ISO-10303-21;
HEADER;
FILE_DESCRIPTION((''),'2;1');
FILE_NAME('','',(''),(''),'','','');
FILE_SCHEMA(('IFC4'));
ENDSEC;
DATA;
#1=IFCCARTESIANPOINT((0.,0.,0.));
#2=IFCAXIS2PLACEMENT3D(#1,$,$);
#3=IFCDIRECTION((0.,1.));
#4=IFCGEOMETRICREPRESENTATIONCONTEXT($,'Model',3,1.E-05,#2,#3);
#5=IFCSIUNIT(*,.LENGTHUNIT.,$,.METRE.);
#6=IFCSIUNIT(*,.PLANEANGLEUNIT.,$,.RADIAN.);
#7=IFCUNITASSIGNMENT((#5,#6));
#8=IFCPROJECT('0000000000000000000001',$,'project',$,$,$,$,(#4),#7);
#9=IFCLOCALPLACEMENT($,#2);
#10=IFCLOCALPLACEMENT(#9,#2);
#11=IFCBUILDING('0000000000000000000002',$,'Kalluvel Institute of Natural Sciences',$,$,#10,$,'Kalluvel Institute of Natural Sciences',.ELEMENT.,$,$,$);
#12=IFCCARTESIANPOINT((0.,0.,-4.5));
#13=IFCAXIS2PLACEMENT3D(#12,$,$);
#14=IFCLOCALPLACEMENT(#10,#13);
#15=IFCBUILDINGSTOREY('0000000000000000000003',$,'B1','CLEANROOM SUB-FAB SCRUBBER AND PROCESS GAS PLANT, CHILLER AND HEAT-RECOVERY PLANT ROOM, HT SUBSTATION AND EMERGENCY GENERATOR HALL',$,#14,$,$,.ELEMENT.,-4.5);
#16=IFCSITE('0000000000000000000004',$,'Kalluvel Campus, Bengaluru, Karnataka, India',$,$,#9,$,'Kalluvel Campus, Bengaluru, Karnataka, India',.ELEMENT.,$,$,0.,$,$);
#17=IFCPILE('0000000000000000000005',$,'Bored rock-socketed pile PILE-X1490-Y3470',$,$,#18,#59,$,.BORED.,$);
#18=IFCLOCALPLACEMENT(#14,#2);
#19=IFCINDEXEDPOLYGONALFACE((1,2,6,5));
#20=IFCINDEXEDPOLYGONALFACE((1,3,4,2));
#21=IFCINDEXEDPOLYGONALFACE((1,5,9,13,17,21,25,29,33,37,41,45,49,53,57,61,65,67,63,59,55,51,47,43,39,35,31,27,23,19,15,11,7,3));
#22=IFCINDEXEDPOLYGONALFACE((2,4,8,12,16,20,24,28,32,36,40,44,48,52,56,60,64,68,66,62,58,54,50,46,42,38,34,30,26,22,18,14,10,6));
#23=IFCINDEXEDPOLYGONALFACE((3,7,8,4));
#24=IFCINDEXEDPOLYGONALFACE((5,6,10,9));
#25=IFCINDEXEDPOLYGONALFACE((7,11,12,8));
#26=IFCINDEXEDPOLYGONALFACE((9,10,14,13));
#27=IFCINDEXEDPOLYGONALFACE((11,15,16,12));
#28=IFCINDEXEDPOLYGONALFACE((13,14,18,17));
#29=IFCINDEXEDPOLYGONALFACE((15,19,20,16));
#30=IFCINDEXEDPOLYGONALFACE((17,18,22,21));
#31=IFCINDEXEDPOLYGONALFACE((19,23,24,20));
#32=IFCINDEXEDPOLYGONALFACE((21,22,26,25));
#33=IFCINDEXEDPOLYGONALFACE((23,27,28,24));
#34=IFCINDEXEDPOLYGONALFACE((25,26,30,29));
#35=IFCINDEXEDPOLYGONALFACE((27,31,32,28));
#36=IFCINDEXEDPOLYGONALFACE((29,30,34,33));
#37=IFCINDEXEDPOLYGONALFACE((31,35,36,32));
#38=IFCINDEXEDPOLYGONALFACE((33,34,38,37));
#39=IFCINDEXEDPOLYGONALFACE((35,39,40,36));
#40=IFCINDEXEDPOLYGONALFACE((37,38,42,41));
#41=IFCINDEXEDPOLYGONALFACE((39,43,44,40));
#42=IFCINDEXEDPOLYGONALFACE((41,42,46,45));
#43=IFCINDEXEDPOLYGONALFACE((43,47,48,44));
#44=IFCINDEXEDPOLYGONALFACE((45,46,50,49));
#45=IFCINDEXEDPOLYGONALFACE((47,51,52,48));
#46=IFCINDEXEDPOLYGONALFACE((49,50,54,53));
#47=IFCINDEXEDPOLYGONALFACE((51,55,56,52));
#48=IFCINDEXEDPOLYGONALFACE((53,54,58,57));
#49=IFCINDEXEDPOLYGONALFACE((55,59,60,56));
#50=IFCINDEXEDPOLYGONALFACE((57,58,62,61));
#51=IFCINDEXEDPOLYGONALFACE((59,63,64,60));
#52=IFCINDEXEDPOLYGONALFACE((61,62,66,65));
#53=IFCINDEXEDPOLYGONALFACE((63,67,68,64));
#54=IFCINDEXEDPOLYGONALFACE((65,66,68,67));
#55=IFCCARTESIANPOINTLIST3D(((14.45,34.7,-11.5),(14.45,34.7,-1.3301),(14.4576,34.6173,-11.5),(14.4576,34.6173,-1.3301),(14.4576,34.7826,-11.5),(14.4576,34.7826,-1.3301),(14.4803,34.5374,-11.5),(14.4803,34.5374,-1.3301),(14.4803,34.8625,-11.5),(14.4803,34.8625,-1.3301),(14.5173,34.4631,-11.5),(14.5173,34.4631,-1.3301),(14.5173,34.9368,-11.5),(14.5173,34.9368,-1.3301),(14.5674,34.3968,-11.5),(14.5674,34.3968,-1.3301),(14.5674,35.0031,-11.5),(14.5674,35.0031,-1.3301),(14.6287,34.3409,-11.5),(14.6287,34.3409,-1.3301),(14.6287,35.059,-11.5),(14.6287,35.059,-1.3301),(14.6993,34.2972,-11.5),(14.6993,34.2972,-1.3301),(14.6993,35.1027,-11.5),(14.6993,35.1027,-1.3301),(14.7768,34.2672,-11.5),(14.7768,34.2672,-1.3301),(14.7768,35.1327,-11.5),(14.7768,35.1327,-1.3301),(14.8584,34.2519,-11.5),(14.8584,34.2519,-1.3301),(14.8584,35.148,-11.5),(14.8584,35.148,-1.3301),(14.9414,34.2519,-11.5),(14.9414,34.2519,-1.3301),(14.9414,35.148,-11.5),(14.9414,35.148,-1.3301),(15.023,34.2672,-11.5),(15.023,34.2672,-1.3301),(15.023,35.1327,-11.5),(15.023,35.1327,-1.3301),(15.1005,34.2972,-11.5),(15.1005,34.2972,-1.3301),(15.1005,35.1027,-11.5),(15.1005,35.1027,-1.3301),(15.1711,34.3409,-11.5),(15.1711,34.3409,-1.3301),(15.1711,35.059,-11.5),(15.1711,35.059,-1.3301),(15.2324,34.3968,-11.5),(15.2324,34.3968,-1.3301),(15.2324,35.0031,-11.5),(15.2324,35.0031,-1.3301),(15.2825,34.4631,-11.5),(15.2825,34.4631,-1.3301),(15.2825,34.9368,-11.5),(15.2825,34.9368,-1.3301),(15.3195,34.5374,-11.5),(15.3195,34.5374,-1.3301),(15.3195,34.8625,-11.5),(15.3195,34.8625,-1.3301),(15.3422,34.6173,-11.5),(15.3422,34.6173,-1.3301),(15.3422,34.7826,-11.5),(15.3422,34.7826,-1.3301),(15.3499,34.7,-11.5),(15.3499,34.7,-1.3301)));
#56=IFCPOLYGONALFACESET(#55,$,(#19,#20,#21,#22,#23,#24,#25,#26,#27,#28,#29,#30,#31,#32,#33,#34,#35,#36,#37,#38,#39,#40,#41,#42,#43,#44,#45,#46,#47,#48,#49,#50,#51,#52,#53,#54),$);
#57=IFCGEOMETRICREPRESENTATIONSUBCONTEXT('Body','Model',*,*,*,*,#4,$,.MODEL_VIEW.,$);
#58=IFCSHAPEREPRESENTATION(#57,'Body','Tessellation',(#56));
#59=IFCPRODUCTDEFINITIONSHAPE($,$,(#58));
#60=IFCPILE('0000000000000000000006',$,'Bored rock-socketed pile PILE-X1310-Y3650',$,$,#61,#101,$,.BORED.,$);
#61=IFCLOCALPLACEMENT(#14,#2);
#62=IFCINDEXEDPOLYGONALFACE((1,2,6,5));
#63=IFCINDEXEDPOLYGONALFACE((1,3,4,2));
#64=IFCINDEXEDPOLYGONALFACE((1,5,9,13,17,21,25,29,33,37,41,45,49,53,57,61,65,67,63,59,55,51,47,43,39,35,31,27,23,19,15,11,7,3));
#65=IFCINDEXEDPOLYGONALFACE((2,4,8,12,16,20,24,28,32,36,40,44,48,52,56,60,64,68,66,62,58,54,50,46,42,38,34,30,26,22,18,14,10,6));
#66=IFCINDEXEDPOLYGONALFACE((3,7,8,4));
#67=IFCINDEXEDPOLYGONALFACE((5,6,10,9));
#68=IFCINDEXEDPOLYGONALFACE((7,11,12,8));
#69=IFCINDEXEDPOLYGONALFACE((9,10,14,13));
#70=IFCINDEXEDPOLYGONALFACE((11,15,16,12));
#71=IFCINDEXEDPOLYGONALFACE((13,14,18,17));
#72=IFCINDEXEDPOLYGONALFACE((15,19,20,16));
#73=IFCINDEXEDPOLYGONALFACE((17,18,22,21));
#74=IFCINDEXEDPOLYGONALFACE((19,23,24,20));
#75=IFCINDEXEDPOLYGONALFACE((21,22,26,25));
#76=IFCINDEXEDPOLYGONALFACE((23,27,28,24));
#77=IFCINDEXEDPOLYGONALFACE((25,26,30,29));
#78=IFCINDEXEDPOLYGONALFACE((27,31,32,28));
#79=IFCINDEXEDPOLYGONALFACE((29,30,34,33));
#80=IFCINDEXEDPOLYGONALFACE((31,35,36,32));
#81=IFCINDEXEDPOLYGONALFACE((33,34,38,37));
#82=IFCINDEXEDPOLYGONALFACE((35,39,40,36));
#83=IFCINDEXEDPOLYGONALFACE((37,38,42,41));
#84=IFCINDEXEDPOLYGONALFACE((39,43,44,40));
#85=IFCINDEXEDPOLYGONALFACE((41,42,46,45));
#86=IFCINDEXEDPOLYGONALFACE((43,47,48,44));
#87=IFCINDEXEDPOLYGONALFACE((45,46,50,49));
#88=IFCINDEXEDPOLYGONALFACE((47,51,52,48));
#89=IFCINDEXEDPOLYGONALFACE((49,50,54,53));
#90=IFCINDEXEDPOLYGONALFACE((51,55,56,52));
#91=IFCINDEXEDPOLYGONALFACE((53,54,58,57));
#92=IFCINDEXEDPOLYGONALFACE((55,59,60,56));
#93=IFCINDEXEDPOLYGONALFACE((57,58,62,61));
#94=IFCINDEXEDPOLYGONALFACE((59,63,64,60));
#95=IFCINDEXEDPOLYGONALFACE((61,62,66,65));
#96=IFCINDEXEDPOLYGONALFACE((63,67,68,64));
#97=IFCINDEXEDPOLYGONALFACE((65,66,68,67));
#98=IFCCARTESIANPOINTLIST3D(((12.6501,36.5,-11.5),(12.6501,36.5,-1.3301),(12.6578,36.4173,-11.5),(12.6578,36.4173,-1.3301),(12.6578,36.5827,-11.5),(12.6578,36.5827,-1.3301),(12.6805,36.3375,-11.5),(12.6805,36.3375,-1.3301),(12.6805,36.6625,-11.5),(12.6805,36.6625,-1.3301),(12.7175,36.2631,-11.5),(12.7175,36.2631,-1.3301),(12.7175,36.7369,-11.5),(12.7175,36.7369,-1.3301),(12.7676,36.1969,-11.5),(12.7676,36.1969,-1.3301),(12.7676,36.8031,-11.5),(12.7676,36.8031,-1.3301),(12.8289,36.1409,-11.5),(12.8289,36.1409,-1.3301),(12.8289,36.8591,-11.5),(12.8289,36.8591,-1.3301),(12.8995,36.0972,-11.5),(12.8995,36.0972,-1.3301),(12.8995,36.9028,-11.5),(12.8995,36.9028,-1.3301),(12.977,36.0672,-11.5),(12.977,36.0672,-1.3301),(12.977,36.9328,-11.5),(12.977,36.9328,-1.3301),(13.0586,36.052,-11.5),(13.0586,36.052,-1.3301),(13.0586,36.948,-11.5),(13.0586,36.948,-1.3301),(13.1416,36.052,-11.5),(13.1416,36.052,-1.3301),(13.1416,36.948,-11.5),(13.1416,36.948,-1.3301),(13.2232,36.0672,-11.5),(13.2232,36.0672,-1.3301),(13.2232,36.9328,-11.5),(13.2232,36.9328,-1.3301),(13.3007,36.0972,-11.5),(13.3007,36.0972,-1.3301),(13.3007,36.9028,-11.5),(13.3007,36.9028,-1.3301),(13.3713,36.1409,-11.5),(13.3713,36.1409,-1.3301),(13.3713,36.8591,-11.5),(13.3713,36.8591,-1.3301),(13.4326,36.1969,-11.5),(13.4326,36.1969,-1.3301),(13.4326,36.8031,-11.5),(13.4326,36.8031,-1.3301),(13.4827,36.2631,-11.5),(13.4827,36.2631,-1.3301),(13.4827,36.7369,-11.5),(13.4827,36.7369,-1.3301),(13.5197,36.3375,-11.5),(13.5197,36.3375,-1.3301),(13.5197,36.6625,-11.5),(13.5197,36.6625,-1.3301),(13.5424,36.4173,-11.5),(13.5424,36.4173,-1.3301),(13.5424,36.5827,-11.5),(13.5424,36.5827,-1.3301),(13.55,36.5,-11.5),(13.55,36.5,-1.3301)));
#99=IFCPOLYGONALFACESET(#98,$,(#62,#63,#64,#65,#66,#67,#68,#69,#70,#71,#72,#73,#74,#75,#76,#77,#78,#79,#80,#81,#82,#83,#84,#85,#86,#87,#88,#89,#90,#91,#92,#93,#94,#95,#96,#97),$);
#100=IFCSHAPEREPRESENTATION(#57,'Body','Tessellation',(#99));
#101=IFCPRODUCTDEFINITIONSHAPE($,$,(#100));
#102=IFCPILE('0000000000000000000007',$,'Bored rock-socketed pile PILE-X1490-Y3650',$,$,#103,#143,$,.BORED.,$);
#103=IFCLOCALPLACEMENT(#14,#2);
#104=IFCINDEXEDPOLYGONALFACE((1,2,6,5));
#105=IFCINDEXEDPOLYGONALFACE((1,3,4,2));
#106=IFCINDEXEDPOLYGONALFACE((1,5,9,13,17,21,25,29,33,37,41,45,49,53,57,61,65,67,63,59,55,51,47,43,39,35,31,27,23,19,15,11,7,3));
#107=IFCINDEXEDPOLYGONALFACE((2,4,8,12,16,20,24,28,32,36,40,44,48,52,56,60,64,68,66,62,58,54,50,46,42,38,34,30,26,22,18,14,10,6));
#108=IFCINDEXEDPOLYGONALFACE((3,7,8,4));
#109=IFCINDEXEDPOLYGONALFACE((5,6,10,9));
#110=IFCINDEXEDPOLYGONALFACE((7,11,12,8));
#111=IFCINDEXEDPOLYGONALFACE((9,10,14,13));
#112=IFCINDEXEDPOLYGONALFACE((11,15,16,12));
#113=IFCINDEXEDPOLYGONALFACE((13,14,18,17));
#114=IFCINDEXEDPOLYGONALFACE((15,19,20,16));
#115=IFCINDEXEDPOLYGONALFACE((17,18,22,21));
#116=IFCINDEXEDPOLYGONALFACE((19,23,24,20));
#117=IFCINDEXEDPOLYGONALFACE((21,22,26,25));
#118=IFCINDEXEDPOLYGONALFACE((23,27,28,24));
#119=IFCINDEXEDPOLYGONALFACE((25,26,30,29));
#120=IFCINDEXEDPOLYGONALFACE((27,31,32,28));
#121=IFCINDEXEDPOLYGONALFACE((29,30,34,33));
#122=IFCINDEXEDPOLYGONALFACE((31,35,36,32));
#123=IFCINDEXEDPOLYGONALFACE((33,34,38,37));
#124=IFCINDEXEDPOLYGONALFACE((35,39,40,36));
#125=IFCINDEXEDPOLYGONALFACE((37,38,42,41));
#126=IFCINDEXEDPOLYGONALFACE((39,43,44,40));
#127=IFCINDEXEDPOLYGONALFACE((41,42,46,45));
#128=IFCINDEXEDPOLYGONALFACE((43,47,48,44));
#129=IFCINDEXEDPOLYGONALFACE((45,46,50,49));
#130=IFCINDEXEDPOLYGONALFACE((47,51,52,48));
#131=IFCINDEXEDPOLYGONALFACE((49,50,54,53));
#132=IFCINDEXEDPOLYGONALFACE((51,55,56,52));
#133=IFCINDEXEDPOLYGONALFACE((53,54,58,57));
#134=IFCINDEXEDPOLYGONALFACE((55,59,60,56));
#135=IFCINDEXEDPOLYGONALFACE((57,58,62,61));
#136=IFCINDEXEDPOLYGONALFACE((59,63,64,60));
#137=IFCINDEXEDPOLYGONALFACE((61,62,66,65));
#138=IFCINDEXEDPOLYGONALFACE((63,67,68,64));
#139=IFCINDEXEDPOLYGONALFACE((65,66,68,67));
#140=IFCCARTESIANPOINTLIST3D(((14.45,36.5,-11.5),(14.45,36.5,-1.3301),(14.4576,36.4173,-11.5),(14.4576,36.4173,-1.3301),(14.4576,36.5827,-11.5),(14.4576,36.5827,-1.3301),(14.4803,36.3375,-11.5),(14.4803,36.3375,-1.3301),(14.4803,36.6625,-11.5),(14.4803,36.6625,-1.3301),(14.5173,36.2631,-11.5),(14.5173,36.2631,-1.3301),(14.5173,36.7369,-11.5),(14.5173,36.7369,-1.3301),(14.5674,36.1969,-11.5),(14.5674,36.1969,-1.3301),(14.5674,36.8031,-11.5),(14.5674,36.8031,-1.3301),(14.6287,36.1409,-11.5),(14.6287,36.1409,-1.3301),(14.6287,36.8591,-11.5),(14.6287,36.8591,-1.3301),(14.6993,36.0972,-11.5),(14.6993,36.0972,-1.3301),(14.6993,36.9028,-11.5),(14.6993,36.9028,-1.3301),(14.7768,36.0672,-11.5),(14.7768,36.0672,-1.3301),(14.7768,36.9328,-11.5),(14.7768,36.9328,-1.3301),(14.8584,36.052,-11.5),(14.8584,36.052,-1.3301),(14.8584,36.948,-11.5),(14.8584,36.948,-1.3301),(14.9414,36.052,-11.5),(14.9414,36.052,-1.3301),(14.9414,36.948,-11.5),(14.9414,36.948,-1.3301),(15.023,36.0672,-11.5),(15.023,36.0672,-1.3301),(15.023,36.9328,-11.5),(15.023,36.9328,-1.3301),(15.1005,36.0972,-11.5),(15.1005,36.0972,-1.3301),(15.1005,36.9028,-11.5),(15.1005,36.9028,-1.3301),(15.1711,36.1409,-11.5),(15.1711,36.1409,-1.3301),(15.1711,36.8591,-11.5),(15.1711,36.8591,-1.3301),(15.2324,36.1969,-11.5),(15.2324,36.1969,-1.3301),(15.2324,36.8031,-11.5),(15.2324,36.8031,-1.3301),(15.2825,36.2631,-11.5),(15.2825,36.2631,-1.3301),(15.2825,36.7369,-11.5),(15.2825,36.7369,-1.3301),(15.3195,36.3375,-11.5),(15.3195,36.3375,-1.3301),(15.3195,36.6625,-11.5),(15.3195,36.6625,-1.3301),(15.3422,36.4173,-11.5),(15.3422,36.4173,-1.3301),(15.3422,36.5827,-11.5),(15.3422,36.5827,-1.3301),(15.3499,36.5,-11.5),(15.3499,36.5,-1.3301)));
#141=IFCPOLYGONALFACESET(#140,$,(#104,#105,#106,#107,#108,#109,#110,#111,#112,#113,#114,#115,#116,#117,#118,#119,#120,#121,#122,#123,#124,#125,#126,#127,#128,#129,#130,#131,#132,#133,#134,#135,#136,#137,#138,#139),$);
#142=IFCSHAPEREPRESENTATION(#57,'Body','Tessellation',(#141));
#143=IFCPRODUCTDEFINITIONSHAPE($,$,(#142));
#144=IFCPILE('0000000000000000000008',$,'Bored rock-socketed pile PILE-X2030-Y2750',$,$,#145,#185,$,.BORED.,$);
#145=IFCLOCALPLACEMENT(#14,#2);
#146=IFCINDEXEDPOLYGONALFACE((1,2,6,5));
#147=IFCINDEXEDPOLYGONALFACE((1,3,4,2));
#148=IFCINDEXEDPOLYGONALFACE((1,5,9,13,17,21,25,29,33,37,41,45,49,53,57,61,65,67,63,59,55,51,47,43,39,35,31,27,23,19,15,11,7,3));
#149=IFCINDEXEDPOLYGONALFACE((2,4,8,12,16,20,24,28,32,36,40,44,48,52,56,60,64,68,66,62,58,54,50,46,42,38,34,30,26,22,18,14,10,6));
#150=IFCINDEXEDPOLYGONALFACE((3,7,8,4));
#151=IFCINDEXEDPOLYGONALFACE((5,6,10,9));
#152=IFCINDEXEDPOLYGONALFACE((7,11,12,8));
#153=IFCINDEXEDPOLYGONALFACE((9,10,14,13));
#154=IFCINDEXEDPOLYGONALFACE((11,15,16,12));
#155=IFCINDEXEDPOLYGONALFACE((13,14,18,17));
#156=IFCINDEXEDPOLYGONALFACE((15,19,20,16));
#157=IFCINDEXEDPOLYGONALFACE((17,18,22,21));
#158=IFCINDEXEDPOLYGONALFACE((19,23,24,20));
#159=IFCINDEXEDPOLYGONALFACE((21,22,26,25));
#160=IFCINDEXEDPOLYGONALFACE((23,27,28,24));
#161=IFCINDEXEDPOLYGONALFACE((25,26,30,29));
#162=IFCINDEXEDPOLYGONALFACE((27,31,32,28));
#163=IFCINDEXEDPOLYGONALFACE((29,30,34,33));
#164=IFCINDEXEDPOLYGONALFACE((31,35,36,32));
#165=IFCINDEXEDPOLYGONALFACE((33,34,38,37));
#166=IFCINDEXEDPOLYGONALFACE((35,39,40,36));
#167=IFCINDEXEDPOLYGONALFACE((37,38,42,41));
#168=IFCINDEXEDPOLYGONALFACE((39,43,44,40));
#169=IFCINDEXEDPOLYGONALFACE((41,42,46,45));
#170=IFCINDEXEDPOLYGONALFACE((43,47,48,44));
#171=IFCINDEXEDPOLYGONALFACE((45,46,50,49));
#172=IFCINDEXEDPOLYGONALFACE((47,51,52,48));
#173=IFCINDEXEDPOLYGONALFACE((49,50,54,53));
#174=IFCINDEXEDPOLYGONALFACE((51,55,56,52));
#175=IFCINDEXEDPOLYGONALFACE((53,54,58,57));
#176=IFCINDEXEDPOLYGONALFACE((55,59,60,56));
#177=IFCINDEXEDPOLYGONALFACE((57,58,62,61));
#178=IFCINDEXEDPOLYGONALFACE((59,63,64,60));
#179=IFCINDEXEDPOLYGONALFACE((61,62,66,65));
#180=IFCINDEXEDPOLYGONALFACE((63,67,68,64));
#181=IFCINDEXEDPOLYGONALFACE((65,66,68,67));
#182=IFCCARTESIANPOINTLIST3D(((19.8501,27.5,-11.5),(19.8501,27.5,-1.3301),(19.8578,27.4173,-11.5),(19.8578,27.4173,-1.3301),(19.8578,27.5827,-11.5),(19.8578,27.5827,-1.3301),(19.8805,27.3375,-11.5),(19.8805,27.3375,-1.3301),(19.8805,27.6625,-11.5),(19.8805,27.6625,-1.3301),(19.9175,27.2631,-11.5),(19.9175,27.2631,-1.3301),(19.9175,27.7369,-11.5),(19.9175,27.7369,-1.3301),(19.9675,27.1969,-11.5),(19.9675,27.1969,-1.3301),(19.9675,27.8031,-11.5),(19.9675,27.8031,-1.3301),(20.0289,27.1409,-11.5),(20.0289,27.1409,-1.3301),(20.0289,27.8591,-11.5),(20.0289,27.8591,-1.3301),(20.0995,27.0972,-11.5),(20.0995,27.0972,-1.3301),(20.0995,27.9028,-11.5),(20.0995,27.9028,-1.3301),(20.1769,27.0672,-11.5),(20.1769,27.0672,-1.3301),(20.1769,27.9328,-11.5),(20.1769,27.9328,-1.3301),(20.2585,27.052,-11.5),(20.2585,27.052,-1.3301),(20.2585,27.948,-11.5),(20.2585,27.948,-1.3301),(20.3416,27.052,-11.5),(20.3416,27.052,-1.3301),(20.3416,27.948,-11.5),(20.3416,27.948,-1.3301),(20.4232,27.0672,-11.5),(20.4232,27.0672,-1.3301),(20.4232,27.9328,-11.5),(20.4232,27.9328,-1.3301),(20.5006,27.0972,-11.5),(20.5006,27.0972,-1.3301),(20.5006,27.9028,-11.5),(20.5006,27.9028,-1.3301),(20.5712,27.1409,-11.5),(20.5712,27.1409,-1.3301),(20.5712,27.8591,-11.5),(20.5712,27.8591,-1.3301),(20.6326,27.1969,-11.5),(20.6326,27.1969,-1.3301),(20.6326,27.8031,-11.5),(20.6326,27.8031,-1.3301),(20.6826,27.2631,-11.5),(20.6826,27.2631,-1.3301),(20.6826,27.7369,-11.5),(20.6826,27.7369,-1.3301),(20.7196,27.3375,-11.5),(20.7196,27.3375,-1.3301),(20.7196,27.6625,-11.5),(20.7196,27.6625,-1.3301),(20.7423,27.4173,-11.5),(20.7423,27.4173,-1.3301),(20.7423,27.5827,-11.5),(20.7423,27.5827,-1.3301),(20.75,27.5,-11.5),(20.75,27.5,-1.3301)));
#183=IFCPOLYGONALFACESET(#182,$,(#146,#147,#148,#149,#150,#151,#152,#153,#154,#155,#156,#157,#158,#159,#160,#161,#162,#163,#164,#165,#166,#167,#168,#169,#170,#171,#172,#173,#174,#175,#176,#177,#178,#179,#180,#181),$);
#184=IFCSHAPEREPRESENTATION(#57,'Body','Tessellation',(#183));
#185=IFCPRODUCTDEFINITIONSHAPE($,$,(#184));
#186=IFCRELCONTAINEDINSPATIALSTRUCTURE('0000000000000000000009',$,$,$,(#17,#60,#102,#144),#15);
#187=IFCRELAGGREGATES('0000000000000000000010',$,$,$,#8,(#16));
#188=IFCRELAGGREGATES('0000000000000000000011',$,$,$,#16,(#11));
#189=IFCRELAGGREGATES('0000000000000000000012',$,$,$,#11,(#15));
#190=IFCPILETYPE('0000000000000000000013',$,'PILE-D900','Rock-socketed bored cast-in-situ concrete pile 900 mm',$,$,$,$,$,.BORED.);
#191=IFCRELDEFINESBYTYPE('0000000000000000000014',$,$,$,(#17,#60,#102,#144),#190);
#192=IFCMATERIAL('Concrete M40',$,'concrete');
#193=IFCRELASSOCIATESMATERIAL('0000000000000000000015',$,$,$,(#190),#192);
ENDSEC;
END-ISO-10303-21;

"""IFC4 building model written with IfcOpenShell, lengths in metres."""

from ifc_helpers import new_model, si_unit, direction, frame, origin, origin_2d, place, context, subcontext, project, spatial, circle, extrude, material, material_profile, profile_set, type_object, element, save


model = new_model("IFC4")

# Units and contexts
model_context = context("Model", 3, precision=1e-05, world=origin(), true_north=direction((0.0, 1.0)))
body_context = subcontext(model_context, "Body", "Model", "MODEL_VIEW")
ifc_project = project(units=[si_unit("LENGTHUNIT", "METRE"), si_unit("PLANEANGLEUNIT", "RADIAN")], contexts=[model_context])

# Site, building, storey
site_placement = place(None, origin())
site = spatial("IfcSite", under=ifc_project, at=site_placement, Name="Kalluvel Campus, Bengaluru, Karnataka, India", LongName="Kalluvel Campus, Bengaluru, Karnataka, India", CompositionType="ELEMENT", RefElevation=0.0)
building_placement = place(site_placement, origin())
building = spatial("IfcBuilding", under=site, at=building_placement, Name="Kalluvel Institute of Natural Sciences", LongName="Kalluvel Institute of Natural Sciences", CompositionType="ELEMENT")
storey_placement = place(building_placement, frame((0.0, 0.0, -4.5)))
storey = spatial("IfcBuildingStorey", under=building, at=storey_placement, Name="B1", Description="CLEANROOM SUB-FAB SCRUBBER AND PROCESS GAS PLANT, CHILLER AND HEAT-RECOVERY PLANT ROOM, HT SUBSTATION AND EMERGENCY GENERATOR HALL", CompositionType="ELEMENT", Elevation=-4.5)

# Shared definitions
ifc_material_1 = material(Name="Concrete M40", Category="concrete")

# Piles
ifc_material_profile_1 = material_profile(ifc_material_1, circle(Radius=0.45, at=origin_2d()), Name="PILE D900")
ifc_profile_set_1 = profile_set([ifc_material_profile_1], Name="Concrete M40")
pile_type_1 = type_object("IfcPileType", Name="PILE-D900", Description="Rock-socketed bored cast-in-situ concrete pile 900 mm", PredefinedType="BORED", material=ifc_profile_set_1)
for number, where, z_axis, x_axis, name in (
    (1, (14.8999, 34.7, -1.3301), (0.0, 0.0, -1.0), (1.0, 0.0, 0.0), "Bored rock-socketed pile PILE-X1490-Y3470"),
    (2, (13.1001, 36.5, -1.3301), (0.0, 0.0, -1.0), (1.0, 0.0, 0.0), "Bored rock-socketed pile PILE-X1310-Y3650"),
    (3, (14.8999, 36.5, -1.3301), (0.0, 0.0, -1.0), (1.0, 0.0, 0.0), "Bored rock-socketed pile PILE-X1490-Y3650"),
    (4, (20.3, 27.5, -1.3301), (0.0, 0.0, -1.0), (1.0, 0.0, 0.0), "Bored rock-socketed pile PILE-X2030-Y2750"),
):
    element("IfcPile", number, at=place(storey_placement, frame(where, z_axis=z_axis, x_axis=x_axis)), inside=storey, type_object=pile_type_1, Name=name, PredefinedType="BORED", context=body_context, shape_type="SweptSolid", body=[
        extrude(circle(Radius=0.45, at=origin_2d()), origin(), (0.0, 0.0, 1.0), 10.1699),
    ])

save(model, "model.ifc")
